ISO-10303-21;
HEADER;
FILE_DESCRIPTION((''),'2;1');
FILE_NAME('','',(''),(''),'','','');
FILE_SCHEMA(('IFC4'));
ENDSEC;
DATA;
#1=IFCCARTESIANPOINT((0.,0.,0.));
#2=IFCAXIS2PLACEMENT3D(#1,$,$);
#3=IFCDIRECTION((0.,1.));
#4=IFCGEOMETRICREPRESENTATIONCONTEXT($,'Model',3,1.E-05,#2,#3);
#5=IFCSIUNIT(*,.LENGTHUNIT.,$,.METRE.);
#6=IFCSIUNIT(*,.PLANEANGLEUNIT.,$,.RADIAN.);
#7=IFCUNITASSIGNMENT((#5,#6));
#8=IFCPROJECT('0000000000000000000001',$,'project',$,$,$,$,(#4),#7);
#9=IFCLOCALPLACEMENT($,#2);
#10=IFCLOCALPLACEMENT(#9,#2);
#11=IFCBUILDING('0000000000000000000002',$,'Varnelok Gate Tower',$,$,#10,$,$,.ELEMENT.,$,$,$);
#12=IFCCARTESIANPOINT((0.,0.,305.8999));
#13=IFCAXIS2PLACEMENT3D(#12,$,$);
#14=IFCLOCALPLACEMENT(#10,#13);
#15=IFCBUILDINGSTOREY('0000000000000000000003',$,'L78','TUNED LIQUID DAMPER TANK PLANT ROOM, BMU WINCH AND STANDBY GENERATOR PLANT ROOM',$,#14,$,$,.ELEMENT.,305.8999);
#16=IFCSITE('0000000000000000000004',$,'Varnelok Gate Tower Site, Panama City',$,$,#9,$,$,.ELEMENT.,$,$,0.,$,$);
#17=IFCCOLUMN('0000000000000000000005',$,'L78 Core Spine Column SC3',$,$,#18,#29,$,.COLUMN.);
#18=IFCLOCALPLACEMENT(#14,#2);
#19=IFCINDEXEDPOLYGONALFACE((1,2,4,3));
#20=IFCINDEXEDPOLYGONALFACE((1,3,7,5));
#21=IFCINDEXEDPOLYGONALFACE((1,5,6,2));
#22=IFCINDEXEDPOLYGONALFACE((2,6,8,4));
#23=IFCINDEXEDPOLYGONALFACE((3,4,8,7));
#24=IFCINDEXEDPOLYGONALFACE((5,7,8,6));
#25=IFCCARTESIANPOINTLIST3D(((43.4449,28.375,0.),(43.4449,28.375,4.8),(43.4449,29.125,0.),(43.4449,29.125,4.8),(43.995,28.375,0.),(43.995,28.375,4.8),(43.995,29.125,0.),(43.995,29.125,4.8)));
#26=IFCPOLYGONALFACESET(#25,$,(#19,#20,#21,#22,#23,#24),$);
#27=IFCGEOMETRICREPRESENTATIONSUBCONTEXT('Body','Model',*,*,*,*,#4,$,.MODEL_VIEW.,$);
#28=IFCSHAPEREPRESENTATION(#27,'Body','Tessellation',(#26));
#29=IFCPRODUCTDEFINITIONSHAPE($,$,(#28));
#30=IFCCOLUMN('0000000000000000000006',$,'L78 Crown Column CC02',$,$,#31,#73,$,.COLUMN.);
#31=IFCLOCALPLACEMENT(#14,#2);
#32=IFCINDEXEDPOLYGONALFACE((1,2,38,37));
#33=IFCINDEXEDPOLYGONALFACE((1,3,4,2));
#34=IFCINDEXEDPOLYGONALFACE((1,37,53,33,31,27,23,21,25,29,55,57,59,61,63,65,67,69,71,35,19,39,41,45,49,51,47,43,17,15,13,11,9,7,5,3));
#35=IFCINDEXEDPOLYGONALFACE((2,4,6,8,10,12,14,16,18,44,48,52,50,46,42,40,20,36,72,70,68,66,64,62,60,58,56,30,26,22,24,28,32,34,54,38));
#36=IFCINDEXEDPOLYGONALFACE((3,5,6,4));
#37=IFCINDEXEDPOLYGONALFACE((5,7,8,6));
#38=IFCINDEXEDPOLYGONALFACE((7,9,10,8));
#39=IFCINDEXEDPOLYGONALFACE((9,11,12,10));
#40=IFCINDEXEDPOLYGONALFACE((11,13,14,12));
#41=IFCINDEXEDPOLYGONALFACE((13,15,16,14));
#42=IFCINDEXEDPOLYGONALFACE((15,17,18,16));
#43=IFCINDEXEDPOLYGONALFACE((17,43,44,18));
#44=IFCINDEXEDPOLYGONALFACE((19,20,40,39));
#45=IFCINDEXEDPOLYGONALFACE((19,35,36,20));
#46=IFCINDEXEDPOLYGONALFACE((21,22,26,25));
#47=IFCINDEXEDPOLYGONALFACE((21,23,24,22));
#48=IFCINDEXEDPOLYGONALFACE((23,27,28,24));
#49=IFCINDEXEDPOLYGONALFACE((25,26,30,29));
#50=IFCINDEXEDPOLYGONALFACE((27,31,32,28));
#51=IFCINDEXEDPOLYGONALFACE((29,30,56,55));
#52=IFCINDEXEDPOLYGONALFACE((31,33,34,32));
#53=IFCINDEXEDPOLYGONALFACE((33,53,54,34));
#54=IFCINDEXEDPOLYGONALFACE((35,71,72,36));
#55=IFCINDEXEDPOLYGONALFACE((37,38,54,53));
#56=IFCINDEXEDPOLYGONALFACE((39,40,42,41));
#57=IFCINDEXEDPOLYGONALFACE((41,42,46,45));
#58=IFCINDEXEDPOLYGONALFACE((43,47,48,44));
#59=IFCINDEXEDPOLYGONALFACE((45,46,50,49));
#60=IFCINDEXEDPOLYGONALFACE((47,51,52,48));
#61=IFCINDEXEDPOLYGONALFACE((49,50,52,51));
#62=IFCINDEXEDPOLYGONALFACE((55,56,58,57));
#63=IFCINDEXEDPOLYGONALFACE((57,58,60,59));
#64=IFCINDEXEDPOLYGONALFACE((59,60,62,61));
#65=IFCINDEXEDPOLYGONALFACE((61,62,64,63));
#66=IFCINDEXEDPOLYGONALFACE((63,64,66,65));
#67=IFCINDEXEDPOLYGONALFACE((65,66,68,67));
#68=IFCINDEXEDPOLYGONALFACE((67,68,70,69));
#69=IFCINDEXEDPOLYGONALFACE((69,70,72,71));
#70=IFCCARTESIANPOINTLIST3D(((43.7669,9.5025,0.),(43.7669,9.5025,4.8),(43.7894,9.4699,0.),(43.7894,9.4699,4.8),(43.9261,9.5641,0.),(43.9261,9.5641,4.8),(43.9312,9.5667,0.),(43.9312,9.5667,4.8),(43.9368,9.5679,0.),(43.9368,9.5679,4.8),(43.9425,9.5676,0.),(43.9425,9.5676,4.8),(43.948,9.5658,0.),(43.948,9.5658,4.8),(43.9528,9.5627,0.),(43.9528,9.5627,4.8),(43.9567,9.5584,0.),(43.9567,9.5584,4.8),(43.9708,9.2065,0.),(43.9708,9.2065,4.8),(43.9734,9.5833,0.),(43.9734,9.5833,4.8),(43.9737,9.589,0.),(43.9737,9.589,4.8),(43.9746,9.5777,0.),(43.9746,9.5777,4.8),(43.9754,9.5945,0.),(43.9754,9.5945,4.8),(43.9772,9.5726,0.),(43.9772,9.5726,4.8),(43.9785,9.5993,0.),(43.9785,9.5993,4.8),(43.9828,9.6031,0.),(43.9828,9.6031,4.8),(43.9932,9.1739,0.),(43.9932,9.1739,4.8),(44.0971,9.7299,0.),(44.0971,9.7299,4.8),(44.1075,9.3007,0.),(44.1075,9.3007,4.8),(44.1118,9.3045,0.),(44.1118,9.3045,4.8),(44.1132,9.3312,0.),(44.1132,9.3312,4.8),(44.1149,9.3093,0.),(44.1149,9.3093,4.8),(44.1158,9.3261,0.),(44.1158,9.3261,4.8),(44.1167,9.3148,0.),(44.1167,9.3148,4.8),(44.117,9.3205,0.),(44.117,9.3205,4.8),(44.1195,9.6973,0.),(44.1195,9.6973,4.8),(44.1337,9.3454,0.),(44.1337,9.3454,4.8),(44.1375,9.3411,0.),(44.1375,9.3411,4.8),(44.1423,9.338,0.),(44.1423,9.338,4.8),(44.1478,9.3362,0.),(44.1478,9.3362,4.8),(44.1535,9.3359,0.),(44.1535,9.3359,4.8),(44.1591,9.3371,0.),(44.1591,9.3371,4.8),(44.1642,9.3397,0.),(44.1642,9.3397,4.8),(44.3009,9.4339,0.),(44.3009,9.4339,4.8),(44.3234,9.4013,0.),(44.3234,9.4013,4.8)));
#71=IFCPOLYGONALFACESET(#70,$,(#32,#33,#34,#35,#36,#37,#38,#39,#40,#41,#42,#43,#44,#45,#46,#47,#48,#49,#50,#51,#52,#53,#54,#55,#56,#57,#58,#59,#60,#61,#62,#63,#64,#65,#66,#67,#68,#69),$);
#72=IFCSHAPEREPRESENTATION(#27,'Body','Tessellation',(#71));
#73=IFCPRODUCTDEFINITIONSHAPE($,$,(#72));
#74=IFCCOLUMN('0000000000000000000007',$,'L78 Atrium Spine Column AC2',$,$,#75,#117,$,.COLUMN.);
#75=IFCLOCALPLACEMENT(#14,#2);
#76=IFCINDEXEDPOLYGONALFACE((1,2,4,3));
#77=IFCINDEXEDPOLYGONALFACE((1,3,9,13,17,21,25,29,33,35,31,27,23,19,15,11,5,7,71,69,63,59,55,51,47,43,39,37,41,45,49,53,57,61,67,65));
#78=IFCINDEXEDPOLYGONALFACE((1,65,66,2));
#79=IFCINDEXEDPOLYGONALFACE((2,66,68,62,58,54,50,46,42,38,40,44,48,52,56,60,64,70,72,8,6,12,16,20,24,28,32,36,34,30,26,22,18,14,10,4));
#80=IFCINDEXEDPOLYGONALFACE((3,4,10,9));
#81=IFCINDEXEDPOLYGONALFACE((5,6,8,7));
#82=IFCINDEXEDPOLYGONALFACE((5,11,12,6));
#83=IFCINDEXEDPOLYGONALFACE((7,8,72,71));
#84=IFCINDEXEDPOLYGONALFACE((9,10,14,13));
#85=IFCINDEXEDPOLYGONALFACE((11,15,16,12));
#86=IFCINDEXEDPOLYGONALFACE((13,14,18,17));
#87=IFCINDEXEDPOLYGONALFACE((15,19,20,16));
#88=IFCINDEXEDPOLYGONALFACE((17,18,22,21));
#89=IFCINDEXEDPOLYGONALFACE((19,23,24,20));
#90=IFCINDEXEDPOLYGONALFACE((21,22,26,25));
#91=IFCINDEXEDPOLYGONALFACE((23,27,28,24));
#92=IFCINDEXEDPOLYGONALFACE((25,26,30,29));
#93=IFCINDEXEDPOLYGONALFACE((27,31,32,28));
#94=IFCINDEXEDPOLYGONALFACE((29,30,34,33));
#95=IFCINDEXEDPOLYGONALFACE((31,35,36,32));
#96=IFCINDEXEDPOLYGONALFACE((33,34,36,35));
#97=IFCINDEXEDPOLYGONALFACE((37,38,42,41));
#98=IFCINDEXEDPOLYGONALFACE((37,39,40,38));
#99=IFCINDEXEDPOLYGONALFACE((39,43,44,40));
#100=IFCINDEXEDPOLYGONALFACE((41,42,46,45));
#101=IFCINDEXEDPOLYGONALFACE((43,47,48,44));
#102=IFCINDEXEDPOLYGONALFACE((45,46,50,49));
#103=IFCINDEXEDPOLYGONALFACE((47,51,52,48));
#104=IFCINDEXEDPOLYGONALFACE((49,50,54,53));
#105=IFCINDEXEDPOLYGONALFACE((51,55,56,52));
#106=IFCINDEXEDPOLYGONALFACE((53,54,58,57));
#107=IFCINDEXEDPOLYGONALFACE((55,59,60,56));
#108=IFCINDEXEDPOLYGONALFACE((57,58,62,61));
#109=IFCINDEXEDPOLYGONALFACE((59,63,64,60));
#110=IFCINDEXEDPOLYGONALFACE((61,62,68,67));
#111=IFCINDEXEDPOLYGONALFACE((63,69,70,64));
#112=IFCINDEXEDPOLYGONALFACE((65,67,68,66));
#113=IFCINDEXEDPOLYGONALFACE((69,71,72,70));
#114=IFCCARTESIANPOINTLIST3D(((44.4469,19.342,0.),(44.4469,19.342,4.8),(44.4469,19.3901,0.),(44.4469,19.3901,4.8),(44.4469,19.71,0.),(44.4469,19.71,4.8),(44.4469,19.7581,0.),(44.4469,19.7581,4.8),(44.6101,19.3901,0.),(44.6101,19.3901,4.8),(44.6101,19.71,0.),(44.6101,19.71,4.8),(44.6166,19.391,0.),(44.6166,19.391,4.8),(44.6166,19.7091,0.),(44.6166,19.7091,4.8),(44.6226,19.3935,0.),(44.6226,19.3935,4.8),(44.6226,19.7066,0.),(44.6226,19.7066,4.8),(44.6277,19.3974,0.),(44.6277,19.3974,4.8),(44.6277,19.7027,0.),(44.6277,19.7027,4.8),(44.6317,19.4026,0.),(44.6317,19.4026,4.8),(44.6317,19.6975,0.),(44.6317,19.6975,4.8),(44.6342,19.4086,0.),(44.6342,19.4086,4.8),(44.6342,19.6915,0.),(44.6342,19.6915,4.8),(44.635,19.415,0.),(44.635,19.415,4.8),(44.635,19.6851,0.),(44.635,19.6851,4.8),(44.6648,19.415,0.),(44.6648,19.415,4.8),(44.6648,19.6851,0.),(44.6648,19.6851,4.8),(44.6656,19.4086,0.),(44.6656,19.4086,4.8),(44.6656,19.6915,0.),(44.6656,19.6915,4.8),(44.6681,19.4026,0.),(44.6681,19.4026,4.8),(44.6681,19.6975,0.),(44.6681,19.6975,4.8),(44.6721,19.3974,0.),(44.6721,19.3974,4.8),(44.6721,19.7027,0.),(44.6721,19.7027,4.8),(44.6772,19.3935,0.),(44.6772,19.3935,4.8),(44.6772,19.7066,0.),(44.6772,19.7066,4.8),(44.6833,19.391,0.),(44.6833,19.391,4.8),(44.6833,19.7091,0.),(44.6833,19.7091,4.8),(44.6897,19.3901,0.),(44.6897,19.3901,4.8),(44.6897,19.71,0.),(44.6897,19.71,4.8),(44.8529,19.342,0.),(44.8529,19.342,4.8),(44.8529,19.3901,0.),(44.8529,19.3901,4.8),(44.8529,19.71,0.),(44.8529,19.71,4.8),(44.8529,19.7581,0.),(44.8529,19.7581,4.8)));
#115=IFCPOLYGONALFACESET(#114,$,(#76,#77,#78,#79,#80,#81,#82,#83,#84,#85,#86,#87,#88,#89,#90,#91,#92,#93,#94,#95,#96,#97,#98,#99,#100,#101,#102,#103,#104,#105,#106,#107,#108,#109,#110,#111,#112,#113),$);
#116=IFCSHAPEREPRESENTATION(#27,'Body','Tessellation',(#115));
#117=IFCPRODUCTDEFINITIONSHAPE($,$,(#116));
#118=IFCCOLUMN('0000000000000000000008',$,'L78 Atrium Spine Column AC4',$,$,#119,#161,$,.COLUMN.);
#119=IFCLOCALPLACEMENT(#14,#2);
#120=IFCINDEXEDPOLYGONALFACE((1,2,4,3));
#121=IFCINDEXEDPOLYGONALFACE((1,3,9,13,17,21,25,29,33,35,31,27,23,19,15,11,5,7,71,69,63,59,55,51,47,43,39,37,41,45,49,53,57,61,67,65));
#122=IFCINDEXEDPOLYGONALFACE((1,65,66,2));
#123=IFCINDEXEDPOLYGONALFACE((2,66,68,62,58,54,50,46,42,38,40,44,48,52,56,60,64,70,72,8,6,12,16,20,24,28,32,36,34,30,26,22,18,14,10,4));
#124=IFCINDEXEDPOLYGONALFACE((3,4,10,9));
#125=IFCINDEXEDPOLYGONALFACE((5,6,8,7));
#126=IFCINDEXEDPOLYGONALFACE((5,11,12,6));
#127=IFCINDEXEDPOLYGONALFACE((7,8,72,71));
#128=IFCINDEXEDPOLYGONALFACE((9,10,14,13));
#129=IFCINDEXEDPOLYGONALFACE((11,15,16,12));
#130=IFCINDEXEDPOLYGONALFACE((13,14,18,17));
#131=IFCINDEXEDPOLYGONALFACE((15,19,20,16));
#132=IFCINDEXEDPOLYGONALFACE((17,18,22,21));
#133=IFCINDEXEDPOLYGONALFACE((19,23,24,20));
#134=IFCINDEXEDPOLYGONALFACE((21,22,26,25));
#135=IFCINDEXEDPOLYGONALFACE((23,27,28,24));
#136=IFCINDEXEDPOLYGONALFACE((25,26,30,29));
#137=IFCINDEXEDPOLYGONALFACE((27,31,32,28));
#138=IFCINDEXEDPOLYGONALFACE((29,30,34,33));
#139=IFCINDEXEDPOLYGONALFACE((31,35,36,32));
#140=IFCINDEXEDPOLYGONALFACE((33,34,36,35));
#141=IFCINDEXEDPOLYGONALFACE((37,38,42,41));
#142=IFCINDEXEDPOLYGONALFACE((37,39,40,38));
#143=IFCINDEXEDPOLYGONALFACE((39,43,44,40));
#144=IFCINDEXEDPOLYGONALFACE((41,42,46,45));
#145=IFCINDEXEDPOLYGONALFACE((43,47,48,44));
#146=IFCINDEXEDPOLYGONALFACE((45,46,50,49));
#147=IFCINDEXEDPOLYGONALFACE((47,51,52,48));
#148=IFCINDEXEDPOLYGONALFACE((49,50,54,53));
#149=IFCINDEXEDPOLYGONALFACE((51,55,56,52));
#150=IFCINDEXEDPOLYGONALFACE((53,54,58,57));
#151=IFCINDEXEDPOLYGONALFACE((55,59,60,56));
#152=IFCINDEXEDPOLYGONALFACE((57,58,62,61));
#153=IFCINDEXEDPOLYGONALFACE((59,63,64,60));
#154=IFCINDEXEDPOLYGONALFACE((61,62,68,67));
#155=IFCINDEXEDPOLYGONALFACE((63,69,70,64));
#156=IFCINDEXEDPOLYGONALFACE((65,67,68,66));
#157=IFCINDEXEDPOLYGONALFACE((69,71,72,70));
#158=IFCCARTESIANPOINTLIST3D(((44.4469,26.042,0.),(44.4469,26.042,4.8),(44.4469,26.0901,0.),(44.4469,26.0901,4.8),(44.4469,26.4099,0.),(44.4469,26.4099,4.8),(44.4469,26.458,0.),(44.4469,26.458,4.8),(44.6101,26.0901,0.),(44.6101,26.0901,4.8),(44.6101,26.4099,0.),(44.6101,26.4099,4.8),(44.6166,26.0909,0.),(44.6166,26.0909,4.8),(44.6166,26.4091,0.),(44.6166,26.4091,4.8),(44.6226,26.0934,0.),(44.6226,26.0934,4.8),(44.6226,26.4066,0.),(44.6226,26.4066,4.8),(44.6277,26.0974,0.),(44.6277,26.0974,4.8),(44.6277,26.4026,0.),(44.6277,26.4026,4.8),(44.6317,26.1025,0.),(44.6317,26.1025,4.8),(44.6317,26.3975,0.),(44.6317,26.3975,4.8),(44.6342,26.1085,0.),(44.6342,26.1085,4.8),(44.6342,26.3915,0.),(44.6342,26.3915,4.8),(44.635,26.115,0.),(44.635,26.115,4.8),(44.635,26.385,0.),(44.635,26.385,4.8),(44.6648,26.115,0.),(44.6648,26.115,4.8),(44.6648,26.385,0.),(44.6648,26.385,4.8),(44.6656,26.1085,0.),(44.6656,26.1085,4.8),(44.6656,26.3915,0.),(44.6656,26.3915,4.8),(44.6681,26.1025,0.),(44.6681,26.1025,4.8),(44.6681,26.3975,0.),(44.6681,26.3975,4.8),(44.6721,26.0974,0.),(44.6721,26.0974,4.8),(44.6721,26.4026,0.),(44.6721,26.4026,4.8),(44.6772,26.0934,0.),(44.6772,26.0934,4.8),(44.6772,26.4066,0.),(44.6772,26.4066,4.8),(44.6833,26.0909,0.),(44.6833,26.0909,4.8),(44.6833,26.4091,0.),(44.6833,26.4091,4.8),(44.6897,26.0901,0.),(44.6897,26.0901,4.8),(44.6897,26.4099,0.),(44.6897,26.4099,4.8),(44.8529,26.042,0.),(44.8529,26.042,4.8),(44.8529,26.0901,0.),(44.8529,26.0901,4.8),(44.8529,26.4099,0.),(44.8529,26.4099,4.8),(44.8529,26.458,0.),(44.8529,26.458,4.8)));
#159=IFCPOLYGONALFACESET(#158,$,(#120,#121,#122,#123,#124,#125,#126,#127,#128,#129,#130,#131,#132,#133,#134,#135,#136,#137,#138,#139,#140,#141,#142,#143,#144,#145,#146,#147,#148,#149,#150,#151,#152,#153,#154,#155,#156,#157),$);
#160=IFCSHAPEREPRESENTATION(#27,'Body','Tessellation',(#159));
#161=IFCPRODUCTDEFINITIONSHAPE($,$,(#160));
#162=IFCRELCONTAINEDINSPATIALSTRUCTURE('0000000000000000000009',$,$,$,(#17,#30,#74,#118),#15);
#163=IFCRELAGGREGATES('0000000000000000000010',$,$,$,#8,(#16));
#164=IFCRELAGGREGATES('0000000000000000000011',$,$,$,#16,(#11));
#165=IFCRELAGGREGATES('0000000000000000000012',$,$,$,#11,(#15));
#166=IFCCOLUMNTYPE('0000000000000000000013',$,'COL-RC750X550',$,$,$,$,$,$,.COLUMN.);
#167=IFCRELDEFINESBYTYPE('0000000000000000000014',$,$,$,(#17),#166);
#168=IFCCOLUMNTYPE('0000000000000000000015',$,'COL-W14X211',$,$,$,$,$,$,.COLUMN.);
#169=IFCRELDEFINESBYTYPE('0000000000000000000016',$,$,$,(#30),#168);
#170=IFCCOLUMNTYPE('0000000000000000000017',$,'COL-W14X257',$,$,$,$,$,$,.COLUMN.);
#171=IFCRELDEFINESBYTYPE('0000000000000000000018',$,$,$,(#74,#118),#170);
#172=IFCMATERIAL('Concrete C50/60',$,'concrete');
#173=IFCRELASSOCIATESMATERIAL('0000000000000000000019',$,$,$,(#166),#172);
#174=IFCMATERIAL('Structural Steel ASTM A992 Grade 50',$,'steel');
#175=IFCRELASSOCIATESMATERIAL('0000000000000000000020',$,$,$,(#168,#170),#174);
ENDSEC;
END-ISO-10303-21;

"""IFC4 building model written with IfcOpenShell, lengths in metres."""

from ifc_helpers import new_model, si_unit, direction, frame, origin, origin_2d, place, context, subcontext, project, spatial, rectangle, i_section, extrude, material, material_profile, profile_set, type_object, element, save


model = new_model("IFC4")

# Units and contexts
model_context = context("Model", 3, precision=1e-05, world=origin(), true_north=direction((0.0, 1.0)))
body_context = subcontext(model_context, "Body", "Model", "MODEL_VIEW")
ifc_project = project(units=[si_unit("LENGTHUNIT", "METRE"), si_unit("PLANEANGLEUNIT", "RADIAN")], contexts=[model_context])

# Site, building, storey
site_placement = place(None, origin())
site = spatial("IfcSite", under=ifc_project, at=site_placement, Name="Varnelok Gate Tower Site, Panama City", CompositionType="ELEMENT", RefElevation=0.0)
building_placement = place(site_placement, origin())
building = spatial("IfcBuilding", under=site, at=building_placement, Name="Varnelok Gate Tower", CompositionType="ELEMENT")
storey_placement = place(building_placement, frame((0.0, 0.0, 305.8999)))
storey = spatial("IfcBuildingStorey", under=building, at=storey_placement, Name="L78", Description="TUNED LIQUID DAMPER TANK PLANT ROOM, BMU WINCH AND STANDBY GENERATOR PLANT ROOM", CompositionType="ELEMENT", Elevation=305.8999)

# Columns
ifc_material_1 = material(Name="Concrete C50/60", Category="concrete")
ifc_material_profile_1 = material_profile(ifc_material_1, rectangle(XDim=0.55, YDim=0.75, at=origin_2d()), Name="RC750X550")
ifc_profile_set_1 = profile_set([ifc_material_profile_1], Name="Concrete C50/60")
column_type_1 = type_object("IfcColumnType", Name="COL-RC750X550", PredefinedType="COLUMN", material=ifc_profile_set_1)
column_1_placement = place(storey_placement, frame((43.72, 28.75, 0.0), z_axis=(0.0, 0.0, 1.0), x_axis=(1.0, 0.0, 0.0)))
element("IfcColumn", 1, at=column_1_placement, inside=storey, type_object=column_type_1, Name="L78 Core Spine Column SC3", PredefinedType="COLUMN", context=body_context, shape_type="SweptSolid", body=[
    extrude(rectangle(XDim=0.55, YDim=0.75, at=origin_2d()), origin(), (0.0, 0.0, 1.0), 4.8),
])
ifc_material_2 = material(Name="Structural Steel ASTM A992 Grade 50", Category="steel")
ifc_material_profile_2 = material_profile(ifc_material_2, i_section(OverallWidth=0.4009, OverallDepth=0.3989, WebThickness=0.0249, FlangeThickness=0.0396, FilletRadius=0.022, at=origin_2d()), Name="W14X211")
ifc_profile_set_2 = profile_set([ifc_material_profile_2], Name="Structural Steel ASTM A992 Grade 50")
column_type_2 = type_object("IfcColumnType", Name="COL-W14X211", PredefinedType="COLUMN", material=ifc_profile_set_2)
column_2_placement = place(storey_placement, frame((44.0452, 9.4519, 0.0), z_axis=(0.0, 0.0, 1.0), x_axis=(0.823533, 0.567269, 0.0)))
element("IfcColumn", 2, at=column_2_placement, inside=storey, type_object=column_type_2, Name="L78 Crown Column CC02", PredefinedType="COLUMN", context=body_context, shape_type="SweptSolid", body=[
    extrude(i_section(OverallWidth=0.4009, OverallDepth=0.3989, WebThickness=0.0249, FlangeThickness=0.0396, FilletRadius=0.022, at=origin_2d()), origin(), (0.0, 0.0, 1.0), 4.8),
])
ifc_material_profile_3 = material_profile(ifc_material_2, i_section(OverallWidth=0.406, OverallDepth=0.416, WebThickness=0.0298, FlangeThickness=0.0481, FilletRadius=0.0249, at=origin_2d()), Name="W14X257")
ifc_profile_set_3 = profile_set([ifc_material_profile_3], Name="Structural Steel ASTM A992 Grade 50")
column_type_3 = type_object("IfcColumnType", Name="COL-W14X257", PredefinedType="COLUMN", material=ifc_profile_set_3)
for number, where, z_axis, x_axis, name in (
    (3, (44.6499, 19.55, 0.0), (0.0, 0.0, 1.0), (1.0, 0.0, 0.0), "L78 Atrium Spine Column AC2"),
    (4, (44.6499, 26.25, 0.0), (0.0, 0.0, 1.0), (1.0, 0.0, 0.0), "L78 Atrium Spine Column AC4"),
):
    element("IfcColumn", number, at=place(storey_placement, frame(where, z_axis=z_axis, x_axis=x_axis)), inside=storey, type_object=column_type_3, Name=name, PredefinedType="COLUMN", context=body_context, shape_type="SweptSolid", body=[
        extrude(i_section(OverallWidth=0.406, OverallDepth=0.416, WebThickness=0.0298, FlangeThickness=0.0481, FilletRadius=0.0249, at=origin_2d()), origin(), (0.0, 0.0, 1.0), 4.8),
    ])

save(model, "model.ifc")
